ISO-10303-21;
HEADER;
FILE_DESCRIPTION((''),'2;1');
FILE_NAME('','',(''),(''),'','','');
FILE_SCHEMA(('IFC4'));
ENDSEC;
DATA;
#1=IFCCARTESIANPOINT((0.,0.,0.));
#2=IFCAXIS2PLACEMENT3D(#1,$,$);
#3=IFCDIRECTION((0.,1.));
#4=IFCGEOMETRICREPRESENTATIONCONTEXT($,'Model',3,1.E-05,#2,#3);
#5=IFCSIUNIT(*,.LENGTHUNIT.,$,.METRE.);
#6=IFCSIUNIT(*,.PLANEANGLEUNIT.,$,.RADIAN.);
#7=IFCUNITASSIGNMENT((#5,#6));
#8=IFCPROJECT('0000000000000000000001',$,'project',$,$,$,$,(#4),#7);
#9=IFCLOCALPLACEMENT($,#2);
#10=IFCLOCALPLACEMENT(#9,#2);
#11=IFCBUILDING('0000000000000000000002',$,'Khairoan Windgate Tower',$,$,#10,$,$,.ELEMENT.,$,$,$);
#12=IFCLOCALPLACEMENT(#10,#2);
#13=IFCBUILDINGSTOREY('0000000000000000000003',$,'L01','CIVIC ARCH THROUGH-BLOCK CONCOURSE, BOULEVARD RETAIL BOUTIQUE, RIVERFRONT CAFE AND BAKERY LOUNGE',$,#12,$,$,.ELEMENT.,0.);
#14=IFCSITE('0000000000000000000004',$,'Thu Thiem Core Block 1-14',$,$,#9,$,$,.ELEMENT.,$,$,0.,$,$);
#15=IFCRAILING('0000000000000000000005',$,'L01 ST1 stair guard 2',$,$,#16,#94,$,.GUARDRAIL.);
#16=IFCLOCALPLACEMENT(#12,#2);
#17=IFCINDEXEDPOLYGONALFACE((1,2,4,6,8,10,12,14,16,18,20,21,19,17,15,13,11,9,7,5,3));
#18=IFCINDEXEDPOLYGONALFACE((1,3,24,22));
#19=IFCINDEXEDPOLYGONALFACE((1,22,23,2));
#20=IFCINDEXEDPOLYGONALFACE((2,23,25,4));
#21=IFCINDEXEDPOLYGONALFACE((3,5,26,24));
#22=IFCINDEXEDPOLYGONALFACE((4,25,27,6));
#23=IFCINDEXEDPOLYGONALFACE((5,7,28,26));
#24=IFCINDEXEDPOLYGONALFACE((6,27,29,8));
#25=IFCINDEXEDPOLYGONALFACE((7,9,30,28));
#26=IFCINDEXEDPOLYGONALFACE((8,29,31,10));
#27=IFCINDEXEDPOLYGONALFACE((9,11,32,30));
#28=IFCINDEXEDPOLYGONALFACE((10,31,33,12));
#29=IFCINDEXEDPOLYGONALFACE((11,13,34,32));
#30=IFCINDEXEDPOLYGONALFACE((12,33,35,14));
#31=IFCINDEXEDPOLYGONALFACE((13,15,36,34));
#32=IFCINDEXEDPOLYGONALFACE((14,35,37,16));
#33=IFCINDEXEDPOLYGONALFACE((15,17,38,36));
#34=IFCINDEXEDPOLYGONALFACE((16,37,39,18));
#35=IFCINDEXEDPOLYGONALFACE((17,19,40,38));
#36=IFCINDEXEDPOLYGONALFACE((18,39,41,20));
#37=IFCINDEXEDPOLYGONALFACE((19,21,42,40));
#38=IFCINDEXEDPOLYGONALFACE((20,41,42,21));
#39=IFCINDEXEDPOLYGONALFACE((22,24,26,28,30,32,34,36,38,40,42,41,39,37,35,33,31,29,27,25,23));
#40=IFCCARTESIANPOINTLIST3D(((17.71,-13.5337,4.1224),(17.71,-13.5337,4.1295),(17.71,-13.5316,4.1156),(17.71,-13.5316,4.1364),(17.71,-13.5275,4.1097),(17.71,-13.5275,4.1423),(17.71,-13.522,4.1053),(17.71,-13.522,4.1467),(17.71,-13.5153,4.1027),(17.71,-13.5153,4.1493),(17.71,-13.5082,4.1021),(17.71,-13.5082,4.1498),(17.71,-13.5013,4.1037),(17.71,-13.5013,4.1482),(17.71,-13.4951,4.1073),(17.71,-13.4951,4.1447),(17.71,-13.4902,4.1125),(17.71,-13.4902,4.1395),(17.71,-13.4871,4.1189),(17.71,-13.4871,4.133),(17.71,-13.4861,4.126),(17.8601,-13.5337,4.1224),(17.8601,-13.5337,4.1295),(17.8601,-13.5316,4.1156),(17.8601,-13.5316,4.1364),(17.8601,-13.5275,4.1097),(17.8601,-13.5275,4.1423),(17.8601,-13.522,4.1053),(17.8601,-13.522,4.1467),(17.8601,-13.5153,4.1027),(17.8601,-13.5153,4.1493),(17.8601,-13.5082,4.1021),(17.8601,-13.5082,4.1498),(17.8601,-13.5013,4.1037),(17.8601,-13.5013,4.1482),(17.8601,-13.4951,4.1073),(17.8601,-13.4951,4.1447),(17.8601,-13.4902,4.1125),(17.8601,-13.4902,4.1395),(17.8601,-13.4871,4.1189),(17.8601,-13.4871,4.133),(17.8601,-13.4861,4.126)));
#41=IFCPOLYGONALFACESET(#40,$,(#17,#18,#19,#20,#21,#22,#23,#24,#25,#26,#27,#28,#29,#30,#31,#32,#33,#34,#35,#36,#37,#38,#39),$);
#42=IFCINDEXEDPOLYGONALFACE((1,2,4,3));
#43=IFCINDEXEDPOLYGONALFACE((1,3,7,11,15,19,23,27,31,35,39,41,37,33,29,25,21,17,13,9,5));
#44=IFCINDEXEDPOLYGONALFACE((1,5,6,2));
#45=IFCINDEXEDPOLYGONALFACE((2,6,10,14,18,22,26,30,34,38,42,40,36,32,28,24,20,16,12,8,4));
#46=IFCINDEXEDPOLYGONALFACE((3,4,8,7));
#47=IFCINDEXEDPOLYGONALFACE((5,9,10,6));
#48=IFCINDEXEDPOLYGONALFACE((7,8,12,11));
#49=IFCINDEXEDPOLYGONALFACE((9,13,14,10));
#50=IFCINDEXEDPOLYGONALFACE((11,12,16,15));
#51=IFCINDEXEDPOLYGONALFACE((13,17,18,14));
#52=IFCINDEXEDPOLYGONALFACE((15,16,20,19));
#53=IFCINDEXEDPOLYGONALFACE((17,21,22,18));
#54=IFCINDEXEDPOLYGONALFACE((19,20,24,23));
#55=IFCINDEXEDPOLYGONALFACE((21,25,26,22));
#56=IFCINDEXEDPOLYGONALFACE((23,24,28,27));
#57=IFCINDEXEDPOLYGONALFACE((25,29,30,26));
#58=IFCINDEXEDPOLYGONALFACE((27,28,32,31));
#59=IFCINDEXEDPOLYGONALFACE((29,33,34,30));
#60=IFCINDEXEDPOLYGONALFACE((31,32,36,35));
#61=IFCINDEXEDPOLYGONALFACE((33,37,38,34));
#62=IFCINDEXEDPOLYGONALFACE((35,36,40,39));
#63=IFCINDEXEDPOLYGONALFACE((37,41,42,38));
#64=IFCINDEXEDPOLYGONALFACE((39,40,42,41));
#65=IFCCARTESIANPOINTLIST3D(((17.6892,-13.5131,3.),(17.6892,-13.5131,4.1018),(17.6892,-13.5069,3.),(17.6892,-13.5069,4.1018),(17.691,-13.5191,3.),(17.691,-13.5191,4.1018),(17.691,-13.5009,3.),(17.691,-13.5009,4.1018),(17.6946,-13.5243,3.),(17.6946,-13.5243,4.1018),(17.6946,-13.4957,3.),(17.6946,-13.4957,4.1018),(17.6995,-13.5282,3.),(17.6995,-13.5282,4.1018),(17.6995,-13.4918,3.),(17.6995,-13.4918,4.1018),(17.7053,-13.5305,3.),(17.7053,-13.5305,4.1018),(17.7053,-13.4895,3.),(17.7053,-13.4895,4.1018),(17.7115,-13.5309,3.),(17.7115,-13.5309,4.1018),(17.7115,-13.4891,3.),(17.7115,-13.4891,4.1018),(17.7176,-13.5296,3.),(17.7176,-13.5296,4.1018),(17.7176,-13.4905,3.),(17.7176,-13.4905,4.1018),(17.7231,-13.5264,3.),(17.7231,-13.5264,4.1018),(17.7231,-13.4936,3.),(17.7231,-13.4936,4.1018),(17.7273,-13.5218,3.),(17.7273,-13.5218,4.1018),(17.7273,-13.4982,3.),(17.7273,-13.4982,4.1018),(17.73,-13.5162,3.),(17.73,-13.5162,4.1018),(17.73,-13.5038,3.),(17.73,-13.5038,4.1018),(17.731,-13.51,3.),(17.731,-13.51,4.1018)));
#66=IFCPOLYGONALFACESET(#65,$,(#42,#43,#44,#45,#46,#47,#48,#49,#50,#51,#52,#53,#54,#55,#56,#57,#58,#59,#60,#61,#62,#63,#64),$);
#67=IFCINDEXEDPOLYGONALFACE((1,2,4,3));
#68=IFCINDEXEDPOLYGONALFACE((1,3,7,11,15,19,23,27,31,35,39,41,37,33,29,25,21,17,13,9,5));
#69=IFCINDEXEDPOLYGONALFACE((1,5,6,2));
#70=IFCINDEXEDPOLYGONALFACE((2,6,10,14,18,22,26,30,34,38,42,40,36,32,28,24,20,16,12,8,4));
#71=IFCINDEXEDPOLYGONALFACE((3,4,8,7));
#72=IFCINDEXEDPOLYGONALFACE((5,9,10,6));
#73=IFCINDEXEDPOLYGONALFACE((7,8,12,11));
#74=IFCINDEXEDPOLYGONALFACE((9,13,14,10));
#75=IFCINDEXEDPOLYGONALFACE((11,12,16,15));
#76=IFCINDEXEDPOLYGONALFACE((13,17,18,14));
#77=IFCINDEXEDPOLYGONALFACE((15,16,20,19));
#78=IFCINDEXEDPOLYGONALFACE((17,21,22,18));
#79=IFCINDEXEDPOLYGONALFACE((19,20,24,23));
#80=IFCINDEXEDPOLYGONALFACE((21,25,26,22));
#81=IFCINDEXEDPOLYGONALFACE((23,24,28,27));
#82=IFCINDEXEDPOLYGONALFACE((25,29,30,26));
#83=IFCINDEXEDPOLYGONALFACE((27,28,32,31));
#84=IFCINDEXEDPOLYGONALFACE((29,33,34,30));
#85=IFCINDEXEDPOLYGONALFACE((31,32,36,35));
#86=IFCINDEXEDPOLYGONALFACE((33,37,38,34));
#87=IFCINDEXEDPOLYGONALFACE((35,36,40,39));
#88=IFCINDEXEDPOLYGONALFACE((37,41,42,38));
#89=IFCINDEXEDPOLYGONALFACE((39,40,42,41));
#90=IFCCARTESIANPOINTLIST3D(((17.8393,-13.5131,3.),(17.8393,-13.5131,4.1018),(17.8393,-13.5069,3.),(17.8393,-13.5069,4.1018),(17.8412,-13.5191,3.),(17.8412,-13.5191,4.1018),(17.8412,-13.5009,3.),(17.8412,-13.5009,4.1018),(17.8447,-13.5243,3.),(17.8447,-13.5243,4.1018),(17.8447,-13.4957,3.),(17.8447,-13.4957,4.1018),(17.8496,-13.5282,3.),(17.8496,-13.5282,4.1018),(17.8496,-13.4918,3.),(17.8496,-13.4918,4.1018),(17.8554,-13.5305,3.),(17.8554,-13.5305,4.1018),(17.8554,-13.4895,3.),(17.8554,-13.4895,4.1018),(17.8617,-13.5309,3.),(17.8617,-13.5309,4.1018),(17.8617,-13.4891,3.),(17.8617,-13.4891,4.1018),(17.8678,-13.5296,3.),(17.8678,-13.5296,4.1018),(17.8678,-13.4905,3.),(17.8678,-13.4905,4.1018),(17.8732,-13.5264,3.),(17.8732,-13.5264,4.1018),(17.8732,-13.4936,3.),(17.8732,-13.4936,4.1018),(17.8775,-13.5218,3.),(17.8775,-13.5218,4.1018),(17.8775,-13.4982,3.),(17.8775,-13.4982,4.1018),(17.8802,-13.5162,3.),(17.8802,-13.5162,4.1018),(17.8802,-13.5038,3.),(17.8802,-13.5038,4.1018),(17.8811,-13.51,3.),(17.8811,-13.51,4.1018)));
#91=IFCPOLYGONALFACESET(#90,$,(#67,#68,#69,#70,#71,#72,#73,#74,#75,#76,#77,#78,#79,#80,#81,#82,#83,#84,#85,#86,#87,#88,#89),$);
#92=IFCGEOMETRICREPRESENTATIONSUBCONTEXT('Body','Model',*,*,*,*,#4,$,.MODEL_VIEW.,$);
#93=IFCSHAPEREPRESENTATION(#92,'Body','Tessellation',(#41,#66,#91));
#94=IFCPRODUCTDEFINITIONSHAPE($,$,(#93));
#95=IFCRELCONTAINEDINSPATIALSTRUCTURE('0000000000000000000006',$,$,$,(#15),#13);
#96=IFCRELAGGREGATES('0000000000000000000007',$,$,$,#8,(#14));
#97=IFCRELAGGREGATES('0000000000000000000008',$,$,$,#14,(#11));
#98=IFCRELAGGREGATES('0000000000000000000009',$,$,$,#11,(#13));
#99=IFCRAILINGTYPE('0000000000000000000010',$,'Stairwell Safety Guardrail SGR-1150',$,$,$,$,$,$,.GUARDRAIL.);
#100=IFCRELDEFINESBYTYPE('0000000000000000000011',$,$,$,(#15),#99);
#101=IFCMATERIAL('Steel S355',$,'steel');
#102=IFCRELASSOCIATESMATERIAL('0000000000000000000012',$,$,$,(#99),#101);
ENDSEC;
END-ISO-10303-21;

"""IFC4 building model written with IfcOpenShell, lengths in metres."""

from ifc_helpers import new_model, si_unit, direction, frame, origin, origin_2d, place, context, subcontext, project, spatial, circle, extrude, material, type_object, element, save


model = new_model("IFC4")

# Units and contexts
model_context = context("Model", 3, precision=1e-05, world=origin(), true_north=direction((0.0, 1.0)))
body_context = subcontext(model_context, "Body", "Model", "MODEL_VIEW")
ifc_project = project(units=[si_unit("LENGTHUNIT", "METRE"), si_unit("PLANEANGLEUNIT", "RADIAN")], contexts=[model_context])

# Site, building, storey
site_placement = place(None, origin())
site = spatial("IfcSite", under=ifc_project, at=site_placement, Name="Thu Thiem Core Block 1-14", CompositionType="ELEMENT", RefElevation=0.0)
building_placement = place(site_placement, origin())
building = spatial("IfcBuilding", under=site, at=building_placement, Name="Khairoan Windgate Tower", CompositionType="ELEMENT")
storey_placement = place(building_placement, origin())
storey = spatial("IfcBuildingStorey", under=building, at=storey_placement, Name="L01", Description="CIVIC ARCH THROUGH-BLOCK CONCOURSE, BOULEVARD RETAIL BOUTIQUE, RIVERFRONT CAFE AND BAKERY LOUNGE", CompositionType="ELEMENT", Elevation=0.0)

# Railing
ifc_material_1 = material(Name="Steel S355", Category="steel")
railing_type_1 = type_object("IfcRailingType", Name="Stairwell Safety Guardrail SGR-1150", PredefinedType="GUARDRAIL", material=ifc_material_1)
railing_1_placement = place(storey_placement, frame((17.71, -13.51, 3.0)))
element("IfcRailing", 1, at=railing_1_placement, inside=storey, type_object=railing_type_1, Name="L01 ST1 stair guard 2", PredefinedType="GUARDRAIL", context=body_context, shape_type="SweptSolid", body=[
    extrude(circle(Radius=0.0239, at=origin_2d()), frame((0.0, 0.0, 1.126), z_axis=(1.0, 0.0, 0.0), x_axis=(0.0, 1.0, 0.0)), (0.0, 0.0, 1.0), 0.1501),
    extrude(circle(Radius=0.021, at=origin_2d()), origin(), (0.0, 0.0, 1.0), 1.1018),
    extrude(circle(Radius=0.021, at=origin_2d()), frame((0.1501, 0.0, 0.0)), (0.0, 0.0, 1.0), 1.1018),
])

save(model, "model.ifc")
